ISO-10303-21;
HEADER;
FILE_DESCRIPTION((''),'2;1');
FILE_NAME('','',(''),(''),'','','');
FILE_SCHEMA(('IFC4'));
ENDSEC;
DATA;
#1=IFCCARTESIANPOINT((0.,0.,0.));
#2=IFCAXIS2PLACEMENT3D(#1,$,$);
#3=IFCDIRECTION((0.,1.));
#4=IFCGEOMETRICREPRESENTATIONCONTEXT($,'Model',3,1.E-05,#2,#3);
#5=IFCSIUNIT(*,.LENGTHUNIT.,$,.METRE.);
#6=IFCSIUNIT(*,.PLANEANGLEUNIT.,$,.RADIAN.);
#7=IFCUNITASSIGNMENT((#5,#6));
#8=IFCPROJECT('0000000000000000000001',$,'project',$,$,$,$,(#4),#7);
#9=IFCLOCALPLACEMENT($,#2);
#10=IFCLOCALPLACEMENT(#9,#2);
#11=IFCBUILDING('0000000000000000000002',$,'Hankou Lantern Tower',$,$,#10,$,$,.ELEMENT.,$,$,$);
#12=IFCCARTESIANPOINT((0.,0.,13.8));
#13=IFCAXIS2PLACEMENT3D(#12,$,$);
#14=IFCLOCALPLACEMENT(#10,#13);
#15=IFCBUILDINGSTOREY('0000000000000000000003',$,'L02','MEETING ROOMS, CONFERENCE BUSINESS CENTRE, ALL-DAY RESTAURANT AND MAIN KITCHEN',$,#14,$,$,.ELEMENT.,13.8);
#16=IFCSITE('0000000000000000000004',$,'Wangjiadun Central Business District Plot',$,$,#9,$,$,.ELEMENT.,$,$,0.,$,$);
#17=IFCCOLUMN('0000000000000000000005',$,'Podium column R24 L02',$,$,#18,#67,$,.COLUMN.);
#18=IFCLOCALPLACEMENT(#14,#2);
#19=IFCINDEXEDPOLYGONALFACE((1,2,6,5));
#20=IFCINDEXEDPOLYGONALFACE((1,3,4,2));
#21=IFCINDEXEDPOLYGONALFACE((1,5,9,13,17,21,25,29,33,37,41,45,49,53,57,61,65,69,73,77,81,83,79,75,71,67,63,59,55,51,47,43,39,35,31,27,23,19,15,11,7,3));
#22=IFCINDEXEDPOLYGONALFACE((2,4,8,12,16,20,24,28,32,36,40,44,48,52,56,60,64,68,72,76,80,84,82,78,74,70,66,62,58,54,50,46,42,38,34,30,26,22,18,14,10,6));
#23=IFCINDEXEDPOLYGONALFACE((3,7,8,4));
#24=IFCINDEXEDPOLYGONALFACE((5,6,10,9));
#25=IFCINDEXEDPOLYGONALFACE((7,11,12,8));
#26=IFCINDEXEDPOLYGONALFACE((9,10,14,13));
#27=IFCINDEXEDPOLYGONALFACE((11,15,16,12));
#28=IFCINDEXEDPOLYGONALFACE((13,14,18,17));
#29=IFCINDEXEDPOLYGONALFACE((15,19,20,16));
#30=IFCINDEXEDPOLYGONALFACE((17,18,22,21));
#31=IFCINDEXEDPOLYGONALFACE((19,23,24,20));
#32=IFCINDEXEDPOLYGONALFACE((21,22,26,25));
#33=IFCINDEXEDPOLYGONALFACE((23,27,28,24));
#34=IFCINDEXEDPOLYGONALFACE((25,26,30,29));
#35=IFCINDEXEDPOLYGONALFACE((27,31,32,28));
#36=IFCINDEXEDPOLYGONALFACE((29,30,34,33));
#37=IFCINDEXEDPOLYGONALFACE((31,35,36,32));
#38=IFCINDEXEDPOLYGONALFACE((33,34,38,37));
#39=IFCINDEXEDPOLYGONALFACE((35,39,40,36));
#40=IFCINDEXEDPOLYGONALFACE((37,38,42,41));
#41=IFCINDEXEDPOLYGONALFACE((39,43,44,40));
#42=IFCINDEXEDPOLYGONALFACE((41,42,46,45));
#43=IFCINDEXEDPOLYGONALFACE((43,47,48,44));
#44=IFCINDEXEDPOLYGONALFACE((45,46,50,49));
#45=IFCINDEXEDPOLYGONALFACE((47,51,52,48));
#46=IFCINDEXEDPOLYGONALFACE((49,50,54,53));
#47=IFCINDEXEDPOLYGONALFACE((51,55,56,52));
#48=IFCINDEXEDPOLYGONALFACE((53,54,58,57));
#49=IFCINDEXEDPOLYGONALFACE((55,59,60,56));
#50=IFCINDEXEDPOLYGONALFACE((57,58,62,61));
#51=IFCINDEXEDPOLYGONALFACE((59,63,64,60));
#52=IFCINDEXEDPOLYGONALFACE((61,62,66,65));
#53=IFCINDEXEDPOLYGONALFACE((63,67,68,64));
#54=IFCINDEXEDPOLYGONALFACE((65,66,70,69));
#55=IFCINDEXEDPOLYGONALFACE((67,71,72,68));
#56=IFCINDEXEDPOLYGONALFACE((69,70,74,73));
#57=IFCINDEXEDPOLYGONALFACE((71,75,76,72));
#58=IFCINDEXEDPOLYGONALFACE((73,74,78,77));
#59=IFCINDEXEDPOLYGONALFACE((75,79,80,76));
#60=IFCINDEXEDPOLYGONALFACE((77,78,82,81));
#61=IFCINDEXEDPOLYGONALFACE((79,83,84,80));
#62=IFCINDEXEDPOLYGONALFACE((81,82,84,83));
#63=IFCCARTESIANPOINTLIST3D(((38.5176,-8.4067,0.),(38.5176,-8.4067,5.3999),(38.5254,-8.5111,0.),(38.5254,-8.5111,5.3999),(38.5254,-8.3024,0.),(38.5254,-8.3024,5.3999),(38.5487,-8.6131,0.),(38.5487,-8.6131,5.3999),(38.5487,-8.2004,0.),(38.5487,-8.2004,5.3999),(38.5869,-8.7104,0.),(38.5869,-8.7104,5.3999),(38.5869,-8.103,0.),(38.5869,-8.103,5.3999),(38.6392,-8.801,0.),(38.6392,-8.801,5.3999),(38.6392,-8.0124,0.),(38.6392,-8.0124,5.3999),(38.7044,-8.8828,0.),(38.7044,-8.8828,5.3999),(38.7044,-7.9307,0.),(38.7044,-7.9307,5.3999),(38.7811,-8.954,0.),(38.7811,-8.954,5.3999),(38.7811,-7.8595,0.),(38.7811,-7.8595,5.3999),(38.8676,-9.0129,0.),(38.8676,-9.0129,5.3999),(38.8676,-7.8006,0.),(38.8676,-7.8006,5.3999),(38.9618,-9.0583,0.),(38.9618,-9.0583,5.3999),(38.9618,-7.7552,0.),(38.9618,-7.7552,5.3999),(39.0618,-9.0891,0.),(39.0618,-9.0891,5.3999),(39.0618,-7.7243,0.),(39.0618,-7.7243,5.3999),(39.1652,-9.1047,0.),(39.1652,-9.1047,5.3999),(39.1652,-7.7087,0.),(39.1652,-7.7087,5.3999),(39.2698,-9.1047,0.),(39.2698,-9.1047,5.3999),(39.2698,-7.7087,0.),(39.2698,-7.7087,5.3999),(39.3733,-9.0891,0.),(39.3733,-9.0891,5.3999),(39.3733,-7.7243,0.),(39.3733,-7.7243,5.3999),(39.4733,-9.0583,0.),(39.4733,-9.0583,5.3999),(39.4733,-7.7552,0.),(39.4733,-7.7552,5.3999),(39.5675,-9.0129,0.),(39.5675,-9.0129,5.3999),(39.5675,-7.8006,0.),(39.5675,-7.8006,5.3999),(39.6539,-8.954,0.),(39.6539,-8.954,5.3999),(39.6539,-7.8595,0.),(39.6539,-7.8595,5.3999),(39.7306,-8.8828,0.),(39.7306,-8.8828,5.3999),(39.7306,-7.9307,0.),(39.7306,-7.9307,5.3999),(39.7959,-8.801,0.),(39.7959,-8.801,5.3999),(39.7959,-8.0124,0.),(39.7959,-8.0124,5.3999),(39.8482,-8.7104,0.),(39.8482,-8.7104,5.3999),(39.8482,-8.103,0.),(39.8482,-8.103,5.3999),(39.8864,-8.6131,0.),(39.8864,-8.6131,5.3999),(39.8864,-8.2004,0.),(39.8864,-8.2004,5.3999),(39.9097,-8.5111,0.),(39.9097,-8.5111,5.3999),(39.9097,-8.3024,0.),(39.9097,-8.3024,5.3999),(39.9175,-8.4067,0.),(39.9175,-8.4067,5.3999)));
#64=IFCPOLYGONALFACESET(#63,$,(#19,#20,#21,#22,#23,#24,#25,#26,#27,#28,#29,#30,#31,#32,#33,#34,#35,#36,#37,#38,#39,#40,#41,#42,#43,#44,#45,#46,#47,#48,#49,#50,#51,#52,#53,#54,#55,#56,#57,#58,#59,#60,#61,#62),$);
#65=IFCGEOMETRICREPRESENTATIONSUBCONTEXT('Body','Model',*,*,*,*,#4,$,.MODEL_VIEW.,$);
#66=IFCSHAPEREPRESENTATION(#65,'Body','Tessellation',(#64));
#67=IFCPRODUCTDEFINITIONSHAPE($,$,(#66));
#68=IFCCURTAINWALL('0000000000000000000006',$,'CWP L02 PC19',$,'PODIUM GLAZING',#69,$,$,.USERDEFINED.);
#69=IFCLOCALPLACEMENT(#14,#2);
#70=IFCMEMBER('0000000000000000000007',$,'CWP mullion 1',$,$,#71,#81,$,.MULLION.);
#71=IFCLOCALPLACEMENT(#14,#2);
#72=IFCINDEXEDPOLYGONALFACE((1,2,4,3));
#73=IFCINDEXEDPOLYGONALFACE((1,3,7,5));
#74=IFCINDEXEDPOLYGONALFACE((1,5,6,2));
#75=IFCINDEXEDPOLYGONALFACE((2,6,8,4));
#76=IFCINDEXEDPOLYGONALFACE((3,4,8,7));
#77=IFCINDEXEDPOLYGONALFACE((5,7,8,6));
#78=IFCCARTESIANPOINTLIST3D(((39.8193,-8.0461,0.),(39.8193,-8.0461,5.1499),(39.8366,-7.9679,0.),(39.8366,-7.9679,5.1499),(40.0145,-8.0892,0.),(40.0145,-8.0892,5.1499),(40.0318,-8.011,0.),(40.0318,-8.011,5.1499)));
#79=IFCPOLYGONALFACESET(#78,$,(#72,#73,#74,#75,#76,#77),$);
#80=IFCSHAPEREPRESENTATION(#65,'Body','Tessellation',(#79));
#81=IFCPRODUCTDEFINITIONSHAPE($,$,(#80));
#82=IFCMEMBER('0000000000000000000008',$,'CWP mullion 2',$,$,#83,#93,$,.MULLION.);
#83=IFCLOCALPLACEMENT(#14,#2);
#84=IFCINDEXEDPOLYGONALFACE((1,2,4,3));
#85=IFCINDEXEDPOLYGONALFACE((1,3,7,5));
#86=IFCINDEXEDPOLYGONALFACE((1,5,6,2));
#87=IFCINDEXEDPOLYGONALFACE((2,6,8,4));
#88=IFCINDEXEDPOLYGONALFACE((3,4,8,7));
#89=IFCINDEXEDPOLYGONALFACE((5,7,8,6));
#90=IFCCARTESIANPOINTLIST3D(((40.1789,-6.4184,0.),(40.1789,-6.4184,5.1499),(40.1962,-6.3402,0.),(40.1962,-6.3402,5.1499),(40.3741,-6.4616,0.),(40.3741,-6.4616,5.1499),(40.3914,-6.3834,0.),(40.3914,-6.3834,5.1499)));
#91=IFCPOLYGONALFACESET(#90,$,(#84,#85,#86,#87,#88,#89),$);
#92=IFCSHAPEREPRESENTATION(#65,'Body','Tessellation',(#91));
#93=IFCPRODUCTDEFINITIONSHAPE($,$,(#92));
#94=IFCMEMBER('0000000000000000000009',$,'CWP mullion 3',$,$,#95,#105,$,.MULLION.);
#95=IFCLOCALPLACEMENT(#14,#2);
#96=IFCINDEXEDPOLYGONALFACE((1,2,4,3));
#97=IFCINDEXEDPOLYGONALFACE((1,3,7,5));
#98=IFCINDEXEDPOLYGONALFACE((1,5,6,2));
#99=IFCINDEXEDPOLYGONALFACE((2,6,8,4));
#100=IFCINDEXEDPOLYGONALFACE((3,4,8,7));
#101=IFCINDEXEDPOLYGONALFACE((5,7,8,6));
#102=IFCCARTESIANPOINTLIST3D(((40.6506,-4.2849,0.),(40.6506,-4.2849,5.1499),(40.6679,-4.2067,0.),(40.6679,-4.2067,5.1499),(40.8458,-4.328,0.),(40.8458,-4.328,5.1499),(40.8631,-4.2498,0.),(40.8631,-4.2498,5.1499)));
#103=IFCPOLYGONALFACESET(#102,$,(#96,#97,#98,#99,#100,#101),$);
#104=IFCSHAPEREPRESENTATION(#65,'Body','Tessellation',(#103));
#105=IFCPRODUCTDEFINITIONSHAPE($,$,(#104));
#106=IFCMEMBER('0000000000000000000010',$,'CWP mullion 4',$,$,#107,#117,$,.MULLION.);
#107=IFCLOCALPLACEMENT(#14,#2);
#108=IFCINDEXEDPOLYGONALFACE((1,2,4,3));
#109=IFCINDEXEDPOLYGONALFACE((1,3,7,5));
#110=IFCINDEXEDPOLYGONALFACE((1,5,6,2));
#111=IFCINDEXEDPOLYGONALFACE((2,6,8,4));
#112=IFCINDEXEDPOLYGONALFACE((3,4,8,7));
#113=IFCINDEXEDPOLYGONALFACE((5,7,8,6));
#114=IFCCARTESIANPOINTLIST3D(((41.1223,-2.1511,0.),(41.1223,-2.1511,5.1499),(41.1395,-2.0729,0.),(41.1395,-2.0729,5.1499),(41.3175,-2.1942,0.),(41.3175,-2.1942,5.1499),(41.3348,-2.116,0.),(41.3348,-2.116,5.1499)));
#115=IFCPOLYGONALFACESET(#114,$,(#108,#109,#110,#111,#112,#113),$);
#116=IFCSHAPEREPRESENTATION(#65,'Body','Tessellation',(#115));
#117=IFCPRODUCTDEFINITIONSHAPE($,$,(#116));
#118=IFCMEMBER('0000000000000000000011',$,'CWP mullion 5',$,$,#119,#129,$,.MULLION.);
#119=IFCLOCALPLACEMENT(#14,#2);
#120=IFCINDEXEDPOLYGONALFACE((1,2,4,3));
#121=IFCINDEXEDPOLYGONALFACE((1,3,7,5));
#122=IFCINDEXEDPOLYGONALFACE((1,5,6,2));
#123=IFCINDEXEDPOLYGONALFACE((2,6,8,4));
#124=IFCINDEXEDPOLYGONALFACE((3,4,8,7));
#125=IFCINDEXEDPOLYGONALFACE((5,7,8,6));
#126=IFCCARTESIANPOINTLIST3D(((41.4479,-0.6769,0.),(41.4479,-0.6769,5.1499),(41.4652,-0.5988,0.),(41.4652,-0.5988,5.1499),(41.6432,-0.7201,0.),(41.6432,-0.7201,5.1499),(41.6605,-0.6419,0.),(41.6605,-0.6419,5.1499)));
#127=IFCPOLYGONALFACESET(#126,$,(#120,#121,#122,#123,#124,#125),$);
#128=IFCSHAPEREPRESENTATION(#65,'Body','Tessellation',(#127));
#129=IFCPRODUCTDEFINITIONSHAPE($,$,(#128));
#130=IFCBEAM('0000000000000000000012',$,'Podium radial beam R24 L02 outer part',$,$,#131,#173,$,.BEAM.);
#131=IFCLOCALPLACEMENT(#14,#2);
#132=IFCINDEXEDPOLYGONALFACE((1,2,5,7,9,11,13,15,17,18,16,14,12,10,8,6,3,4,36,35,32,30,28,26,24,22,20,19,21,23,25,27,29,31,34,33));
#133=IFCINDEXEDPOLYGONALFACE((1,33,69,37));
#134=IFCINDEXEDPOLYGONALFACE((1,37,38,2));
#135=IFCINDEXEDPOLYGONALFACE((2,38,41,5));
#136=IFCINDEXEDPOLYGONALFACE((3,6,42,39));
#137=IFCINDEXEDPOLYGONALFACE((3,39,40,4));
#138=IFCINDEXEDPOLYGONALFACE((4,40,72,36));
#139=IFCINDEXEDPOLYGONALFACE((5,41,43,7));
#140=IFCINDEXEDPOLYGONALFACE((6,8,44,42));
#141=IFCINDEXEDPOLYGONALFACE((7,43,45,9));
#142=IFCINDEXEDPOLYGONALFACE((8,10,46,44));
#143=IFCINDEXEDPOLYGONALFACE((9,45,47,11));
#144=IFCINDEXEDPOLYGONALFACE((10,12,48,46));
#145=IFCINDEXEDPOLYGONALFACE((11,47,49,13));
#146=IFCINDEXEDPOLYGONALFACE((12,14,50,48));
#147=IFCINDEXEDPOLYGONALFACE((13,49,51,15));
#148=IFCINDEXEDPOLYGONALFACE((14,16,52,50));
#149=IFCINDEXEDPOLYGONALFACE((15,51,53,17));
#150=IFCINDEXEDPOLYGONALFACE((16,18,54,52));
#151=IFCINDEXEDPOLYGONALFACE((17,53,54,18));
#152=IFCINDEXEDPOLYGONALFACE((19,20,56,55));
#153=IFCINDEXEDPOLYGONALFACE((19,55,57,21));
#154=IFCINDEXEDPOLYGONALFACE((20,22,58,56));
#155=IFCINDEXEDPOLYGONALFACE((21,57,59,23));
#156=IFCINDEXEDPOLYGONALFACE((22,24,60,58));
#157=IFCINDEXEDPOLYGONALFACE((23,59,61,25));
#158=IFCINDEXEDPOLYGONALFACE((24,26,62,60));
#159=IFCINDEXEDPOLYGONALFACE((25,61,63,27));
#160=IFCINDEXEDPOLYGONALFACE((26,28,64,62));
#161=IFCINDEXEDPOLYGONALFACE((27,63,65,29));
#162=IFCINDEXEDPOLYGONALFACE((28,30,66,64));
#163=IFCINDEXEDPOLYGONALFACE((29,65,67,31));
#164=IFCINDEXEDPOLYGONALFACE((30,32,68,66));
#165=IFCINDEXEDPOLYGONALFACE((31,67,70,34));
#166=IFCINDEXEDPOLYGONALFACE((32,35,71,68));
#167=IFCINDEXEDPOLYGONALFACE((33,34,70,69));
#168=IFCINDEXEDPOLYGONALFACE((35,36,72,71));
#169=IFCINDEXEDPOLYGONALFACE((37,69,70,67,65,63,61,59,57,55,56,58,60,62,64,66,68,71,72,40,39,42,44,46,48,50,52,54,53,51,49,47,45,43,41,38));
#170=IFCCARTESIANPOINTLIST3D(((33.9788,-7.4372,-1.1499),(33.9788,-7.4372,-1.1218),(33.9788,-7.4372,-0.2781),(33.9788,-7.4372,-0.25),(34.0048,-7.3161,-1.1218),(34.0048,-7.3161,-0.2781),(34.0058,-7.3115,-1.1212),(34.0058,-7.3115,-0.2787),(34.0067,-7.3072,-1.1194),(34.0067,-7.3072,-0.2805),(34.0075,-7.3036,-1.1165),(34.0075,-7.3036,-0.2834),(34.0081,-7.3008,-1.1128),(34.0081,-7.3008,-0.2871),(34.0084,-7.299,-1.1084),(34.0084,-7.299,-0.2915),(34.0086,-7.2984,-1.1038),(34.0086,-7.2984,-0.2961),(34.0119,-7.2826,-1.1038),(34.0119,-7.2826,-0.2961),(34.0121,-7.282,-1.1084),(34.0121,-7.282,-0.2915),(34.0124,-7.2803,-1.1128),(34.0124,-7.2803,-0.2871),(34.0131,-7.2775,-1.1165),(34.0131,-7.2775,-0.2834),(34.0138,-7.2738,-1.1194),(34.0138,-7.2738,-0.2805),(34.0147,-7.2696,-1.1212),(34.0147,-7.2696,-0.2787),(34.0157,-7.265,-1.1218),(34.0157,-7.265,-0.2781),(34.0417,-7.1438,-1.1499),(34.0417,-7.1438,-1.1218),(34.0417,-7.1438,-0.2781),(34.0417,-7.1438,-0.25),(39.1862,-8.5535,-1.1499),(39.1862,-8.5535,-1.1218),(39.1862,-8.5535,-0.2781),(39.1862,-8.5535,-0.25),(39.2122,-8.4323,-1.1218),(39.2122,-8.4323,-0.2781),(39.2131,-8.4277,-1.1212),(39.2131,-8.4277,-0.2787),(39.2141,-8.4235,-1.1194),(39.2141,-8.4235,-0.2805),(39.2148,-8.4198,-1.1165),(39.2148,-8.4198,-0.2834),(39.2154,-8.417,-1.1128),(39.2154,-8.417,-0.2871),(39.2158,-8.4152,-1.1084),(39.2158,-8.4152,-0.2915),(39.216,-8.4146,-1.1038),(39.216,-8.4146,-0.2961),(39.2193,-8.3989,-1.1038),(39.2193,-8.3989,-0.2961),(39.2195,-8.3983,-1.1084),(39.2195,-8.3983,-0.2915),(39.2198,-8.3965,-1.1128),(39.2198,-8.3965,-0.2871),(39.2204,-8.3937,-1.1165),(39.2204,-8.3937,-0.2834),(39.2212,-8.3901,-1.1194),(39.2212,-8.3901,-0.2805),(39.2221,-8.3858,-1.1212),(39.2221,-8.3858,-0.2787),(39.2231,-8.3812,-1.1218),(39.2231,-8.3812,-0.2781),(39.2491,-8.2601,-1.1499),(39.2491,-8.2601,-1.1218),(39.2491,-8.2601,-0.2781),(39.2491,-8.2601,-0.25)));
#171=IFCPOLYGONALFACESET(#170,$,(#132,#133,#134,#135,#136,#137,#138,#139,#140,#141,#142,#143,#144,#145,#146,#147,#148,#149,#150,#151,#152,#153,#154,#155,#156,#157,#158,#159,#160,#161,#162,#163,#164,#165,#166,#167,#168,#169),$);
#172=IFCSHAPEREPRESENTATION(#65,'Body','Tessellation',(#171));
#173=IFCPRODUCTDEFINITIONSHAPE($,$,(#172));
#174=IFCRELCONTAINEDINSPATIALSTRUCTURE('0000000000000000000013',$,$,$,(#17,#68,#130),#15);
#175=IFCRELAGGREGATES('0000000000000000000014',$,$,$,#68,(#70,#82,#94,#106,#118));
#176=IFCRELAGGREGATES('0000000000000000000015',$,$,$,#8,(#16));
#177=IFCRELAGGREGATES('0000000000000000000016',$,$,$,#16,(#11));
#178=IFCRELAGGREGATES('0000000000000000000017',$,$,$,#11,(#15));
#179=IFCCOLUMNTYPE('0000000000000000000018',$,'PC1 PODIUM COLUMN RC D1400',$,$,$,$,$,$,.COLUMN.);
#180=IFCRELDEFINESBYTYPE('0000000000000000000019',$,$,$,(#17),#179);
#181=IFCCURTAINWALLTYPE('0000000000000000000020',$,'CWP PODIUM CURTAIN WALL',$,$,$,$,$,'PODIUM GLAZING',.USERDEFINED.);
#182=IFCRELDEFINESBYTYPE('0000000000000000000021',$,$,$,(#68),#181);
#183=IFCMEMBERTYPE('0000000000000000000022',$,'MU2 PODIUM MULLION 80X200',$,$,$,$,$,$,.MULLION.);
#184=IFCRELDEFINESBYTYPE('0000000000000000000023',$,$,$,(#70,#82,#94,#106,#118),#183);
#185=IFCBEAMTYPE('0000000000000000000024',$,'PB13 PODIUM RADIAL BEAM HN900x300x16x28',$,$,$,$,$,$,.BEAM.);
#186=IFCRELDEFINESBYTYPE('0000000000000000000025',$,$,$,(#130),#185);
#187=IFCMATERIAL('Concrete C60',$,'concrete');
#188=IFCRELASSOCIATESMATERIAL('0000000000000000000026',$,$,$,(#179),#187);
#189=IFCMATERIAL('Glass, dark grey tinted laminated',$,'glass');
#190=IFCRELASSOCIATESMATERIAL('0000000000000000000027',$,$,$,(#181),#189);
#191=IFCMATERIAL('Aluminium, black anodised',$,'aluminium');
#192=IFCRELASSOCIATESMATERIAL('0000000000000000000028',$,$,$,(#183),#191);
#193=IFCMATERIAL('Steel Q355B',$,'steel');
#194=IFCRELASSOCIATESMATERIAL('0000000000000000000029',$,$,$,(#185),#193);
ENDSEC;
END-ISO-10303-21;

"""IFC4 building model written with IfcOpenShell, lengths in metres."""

from ifc_helpers import new_model, si_unit, direction, frame, origin, origin_2d, place, context, subcontext, project, spatial, rectangle, circle, i_section, extrude, material, material_profile, profile_set, type_object, element, aggregate, save


model = new_model("IFC4")

# Units and contexts
model_context = context("Model", 3, precision=1e-05, world=origin(), true_north=direction((0.0, 1.0)))
body_context = subcontext(model_context, "Body", "Model", "MODEL_VIEW")
ifc_project = project(units=[si_unit("LENGTHUNIT", "METRE"), si_unit("PLANEANGLEUNIT", "RADIAN")], contexts=[model_context])

# Site, building, storey
site_placement = place(None, origin())
site = spatial("IfcSite", under=ifc_project, at=site_placement, Name="Wangjiadun Central Business District Plot", CompositionType="ELEMENT", RefElevation=0.0)
building_placement = place(site_placement, origin())
building = spatial("IfcBuilding", under=site, at=building_placement, Name="Hankou Lantern Tower", CompositionType="ELEMENT")
storey_placement = place(building_placement, frame((0.0, 0.0, 13.8)))
storey = spatial("IfcBuildingStorey", under=building, at=storey_placement, Name="L02", Description="MEETING ROOMS, CONFERENCE BUSINESS CENTRE, ALL-DAY RESTAURANT AND MAIN KITCHEN", CompositionType="ELEMENT", Elevation=13.8)

# Column
ifc_material_1 = material(Name="Concrete C60", Category="concrete")
ifc_material_profile_1 = material_profile(ifc_material_1, circle(Radius=0.7, at=origin_2d()), Name="RC D1400")
ifc_profile_set_1 = profile_set([ifc_material_profile_1], Name="Concrete C60")
column_type = type_object("IfcColumnType", Name="PC1 PODIUM COLUMN RC D1400", PredefinedType="COLUMN", material=ifc_profile_set_1)
column_placement = place(storey_placement, frame((39.2175, -8.4067, 0.0), z_axis=(0.0, 0.0, 1.0), x_axis=(1.0, 0.0, 0.0)))
element("IfcColumn", 1, at=column_placement, inside=storey, type_object=column_type, Name="Podium column R24 L02", PredefinedType="COLUMN", context=body_context, shape_type="SweptSolid", body=[
    extrude(circle(Radius=0.7, at=origin_2d()), origin(), (0.0, 0.0, 1.0), 5.3999),
])

# Curtain wall, members
ifc_material_2 = material(Name="Glass, dark grey tinted laminated", Category="glass")
curtain_wall_type = type_object("IfcCurtainWallType", Name="CWP PODIUM CURTAIN WALL", ElementType="PODIUM GLAZING", PredefinedType="USERDEFINED", material=ifc_material_2)
curtain_wall_placement = place(storey_placement, origin())
curtain_wall = element("IfcCurtainWall", 2, at=curtain_wall_placement, inside=storey, type_object=curtain_wall_type, Name="CWP L02 PC19", ObjectType="PODIUM GLAZING", PredefinedType="USERDEFINED")
ifc_material_3 = material(Name="Aluminium, black anodised", Category="aluminium")
ifc_material_profile_2 = material_profile(ifc_material_3, rectangle(XDim=0.0801, YDim=0.2, at=origin_2d()), Name="MU2 80X200")
ifc_profile_set_2 = profile_set([ifc_material_profile_2], Name="Aluminium, black anodised")
member_type_1 = type_object("IfcMemberType", Name="MU2 PODIUM MULLION 80X200", PredefinedType="MULLION", material=ifc_profile_set_2)
member_1_placement = place(storey_placement, frame((39.9255, -8.0286, 0.0), z_axis=(0.0, 0.0, 1.0), x_axis=(0.215821, 0.976433, 0.0)))
member_1 = element("IfcMember", 3, at=member_1_placement, type_object=member_type_1, Name="CWP mullion 1", PredefinedType="MULLION", context=body_context, shape_type="SweptSolid", body=[
    extrude(rectangle(XDim=0.0801, YDim=0.2, at=origin_2d()), origin(), (0.0, 0.0, 1.0), 5.1499),
])
member_2_placement = place(storey_placement, frame((40.2852, -6.4009, 0.0), z_axis=(0.0, 0.0, 1.0), x_axis=(0.215821, 0.976433, 0.0)))
member_2 = element("IfcMember", 4, at=member_2_placement, type_object=member_type_1, Name="CWP mullion 2", PredefinedType="MULLION", context=body_context, shape_type="SweptSolid", body=[
    extrude(rectangle(XDim=0.0801, YDim=0.2, at=origin_2d()), origin(), (0.0, 0.0, 1.0), 5.1499),
])
member_3_placement = place(storey_placement, frame((40.7568, -4.2673, 0.0), z_axis=(0.0, 0.0, 1.0), x_axis=(0.215821, 0.976433, 0.0)))
member_3 = element("IfcMember", 5, at=member_3_placement, type_object=member_type_1, Name="CWP mullion 3", PredefinedType="MULLION", context=body_context, shape_type="SweptSolid", body=[
    extrude(rectangle(XDim=0.0801, YDim=0.2, at=origin_2d()), origin(), (0.0, 0.0, 1.0), 5.1499),
])
member_4_placement = place(storey_placement, frame((41.2285, -2.1335, 0.0), z_axis=(0.0, 0.0, 1.0), x_axis=(0.215821, 0.976433, 0.0)))
member_4 = element("IfcMember", 6, at=member_4_placement, type_object=member_type_1, Name="CWP mullion 4", PredefinedType="MULLION", context=body_context, shape_type="SweptSolid", body=[
    extrude(rectangle(XDim=0.0801, YDim=0.2, at=origin_2d()), origin(), (0.0, 0.0, 1.0), 5.1499),
])
member_5_placement = place(storey_placement, frame((41.5542, -0.6594, 0.0), z_axis=(0.0, 0.0, 1.0), x_axis=(0.215821, 0.976433, 0.0)))
member_5 = element("IfcMember", 7, at=member_5_placement, type_object=member_type_1, Name="CWP mullion 5", PredefinedType="MULLION", context=body_context, shape_type="SweptSolid", body=[
    extrude(rectangle(XDim=0.0801, YDim=0.2, at=origin_2d()), origin(), (0.0, 0.0, 1.0), 5.1499),
])

# Beam
ifc_material_4 = material(Name="Steel Q355B", Category="steel")
ifc_material_profile_3 = material_profile(ifc_material_4, i_section(OverallWidth=0.3, OverallDepth=0.8999, WebThickness=0.0161, FlangeThickness=0.0281, FilletRadius=0.0181, at=origin_2d()), Name="HN900x300x16x28")
ifc_profile_set_3 = profile_set([ifc_material_profile_3], Name="Steel Q355B")
beam_type_1 = type_object("IfcBeamType", Name="PB13 PODIUM RADIAL BEAM HN900x300x16x28", PredefinedType="BEAM", material=ifc_profile_set_3)
beam_1_placement = place(storey_placement, frame((34.0103, -7.2905, -0.7), z_axis=(0.977788, -0.209595, 0.0), x_axis=(0.209595, 0.977788, 0.0)))
element("IfcBeam", 8, at=beam_1_placement, inside=storey, type_object=beam_type_1, Name="Podium radial beam R24 L02 outer part", PredefinedType="BEAM", context=body_context, shape_type="SweptSolid", body=[
    extrude(i_section(OverallWidth=0.3, OverallDepth=0.8999, WebThickness=0.0161, FlangeThickness=0.0281, FilletRadius=0.0181, at=origin_2d()), origin(), (0.0, 0.0, 1.0), 5.3257),
])

aggregate(curtain_wall, [member_1, member_2, member_3, member_4, member_5])

save(model, "model.ifc")
